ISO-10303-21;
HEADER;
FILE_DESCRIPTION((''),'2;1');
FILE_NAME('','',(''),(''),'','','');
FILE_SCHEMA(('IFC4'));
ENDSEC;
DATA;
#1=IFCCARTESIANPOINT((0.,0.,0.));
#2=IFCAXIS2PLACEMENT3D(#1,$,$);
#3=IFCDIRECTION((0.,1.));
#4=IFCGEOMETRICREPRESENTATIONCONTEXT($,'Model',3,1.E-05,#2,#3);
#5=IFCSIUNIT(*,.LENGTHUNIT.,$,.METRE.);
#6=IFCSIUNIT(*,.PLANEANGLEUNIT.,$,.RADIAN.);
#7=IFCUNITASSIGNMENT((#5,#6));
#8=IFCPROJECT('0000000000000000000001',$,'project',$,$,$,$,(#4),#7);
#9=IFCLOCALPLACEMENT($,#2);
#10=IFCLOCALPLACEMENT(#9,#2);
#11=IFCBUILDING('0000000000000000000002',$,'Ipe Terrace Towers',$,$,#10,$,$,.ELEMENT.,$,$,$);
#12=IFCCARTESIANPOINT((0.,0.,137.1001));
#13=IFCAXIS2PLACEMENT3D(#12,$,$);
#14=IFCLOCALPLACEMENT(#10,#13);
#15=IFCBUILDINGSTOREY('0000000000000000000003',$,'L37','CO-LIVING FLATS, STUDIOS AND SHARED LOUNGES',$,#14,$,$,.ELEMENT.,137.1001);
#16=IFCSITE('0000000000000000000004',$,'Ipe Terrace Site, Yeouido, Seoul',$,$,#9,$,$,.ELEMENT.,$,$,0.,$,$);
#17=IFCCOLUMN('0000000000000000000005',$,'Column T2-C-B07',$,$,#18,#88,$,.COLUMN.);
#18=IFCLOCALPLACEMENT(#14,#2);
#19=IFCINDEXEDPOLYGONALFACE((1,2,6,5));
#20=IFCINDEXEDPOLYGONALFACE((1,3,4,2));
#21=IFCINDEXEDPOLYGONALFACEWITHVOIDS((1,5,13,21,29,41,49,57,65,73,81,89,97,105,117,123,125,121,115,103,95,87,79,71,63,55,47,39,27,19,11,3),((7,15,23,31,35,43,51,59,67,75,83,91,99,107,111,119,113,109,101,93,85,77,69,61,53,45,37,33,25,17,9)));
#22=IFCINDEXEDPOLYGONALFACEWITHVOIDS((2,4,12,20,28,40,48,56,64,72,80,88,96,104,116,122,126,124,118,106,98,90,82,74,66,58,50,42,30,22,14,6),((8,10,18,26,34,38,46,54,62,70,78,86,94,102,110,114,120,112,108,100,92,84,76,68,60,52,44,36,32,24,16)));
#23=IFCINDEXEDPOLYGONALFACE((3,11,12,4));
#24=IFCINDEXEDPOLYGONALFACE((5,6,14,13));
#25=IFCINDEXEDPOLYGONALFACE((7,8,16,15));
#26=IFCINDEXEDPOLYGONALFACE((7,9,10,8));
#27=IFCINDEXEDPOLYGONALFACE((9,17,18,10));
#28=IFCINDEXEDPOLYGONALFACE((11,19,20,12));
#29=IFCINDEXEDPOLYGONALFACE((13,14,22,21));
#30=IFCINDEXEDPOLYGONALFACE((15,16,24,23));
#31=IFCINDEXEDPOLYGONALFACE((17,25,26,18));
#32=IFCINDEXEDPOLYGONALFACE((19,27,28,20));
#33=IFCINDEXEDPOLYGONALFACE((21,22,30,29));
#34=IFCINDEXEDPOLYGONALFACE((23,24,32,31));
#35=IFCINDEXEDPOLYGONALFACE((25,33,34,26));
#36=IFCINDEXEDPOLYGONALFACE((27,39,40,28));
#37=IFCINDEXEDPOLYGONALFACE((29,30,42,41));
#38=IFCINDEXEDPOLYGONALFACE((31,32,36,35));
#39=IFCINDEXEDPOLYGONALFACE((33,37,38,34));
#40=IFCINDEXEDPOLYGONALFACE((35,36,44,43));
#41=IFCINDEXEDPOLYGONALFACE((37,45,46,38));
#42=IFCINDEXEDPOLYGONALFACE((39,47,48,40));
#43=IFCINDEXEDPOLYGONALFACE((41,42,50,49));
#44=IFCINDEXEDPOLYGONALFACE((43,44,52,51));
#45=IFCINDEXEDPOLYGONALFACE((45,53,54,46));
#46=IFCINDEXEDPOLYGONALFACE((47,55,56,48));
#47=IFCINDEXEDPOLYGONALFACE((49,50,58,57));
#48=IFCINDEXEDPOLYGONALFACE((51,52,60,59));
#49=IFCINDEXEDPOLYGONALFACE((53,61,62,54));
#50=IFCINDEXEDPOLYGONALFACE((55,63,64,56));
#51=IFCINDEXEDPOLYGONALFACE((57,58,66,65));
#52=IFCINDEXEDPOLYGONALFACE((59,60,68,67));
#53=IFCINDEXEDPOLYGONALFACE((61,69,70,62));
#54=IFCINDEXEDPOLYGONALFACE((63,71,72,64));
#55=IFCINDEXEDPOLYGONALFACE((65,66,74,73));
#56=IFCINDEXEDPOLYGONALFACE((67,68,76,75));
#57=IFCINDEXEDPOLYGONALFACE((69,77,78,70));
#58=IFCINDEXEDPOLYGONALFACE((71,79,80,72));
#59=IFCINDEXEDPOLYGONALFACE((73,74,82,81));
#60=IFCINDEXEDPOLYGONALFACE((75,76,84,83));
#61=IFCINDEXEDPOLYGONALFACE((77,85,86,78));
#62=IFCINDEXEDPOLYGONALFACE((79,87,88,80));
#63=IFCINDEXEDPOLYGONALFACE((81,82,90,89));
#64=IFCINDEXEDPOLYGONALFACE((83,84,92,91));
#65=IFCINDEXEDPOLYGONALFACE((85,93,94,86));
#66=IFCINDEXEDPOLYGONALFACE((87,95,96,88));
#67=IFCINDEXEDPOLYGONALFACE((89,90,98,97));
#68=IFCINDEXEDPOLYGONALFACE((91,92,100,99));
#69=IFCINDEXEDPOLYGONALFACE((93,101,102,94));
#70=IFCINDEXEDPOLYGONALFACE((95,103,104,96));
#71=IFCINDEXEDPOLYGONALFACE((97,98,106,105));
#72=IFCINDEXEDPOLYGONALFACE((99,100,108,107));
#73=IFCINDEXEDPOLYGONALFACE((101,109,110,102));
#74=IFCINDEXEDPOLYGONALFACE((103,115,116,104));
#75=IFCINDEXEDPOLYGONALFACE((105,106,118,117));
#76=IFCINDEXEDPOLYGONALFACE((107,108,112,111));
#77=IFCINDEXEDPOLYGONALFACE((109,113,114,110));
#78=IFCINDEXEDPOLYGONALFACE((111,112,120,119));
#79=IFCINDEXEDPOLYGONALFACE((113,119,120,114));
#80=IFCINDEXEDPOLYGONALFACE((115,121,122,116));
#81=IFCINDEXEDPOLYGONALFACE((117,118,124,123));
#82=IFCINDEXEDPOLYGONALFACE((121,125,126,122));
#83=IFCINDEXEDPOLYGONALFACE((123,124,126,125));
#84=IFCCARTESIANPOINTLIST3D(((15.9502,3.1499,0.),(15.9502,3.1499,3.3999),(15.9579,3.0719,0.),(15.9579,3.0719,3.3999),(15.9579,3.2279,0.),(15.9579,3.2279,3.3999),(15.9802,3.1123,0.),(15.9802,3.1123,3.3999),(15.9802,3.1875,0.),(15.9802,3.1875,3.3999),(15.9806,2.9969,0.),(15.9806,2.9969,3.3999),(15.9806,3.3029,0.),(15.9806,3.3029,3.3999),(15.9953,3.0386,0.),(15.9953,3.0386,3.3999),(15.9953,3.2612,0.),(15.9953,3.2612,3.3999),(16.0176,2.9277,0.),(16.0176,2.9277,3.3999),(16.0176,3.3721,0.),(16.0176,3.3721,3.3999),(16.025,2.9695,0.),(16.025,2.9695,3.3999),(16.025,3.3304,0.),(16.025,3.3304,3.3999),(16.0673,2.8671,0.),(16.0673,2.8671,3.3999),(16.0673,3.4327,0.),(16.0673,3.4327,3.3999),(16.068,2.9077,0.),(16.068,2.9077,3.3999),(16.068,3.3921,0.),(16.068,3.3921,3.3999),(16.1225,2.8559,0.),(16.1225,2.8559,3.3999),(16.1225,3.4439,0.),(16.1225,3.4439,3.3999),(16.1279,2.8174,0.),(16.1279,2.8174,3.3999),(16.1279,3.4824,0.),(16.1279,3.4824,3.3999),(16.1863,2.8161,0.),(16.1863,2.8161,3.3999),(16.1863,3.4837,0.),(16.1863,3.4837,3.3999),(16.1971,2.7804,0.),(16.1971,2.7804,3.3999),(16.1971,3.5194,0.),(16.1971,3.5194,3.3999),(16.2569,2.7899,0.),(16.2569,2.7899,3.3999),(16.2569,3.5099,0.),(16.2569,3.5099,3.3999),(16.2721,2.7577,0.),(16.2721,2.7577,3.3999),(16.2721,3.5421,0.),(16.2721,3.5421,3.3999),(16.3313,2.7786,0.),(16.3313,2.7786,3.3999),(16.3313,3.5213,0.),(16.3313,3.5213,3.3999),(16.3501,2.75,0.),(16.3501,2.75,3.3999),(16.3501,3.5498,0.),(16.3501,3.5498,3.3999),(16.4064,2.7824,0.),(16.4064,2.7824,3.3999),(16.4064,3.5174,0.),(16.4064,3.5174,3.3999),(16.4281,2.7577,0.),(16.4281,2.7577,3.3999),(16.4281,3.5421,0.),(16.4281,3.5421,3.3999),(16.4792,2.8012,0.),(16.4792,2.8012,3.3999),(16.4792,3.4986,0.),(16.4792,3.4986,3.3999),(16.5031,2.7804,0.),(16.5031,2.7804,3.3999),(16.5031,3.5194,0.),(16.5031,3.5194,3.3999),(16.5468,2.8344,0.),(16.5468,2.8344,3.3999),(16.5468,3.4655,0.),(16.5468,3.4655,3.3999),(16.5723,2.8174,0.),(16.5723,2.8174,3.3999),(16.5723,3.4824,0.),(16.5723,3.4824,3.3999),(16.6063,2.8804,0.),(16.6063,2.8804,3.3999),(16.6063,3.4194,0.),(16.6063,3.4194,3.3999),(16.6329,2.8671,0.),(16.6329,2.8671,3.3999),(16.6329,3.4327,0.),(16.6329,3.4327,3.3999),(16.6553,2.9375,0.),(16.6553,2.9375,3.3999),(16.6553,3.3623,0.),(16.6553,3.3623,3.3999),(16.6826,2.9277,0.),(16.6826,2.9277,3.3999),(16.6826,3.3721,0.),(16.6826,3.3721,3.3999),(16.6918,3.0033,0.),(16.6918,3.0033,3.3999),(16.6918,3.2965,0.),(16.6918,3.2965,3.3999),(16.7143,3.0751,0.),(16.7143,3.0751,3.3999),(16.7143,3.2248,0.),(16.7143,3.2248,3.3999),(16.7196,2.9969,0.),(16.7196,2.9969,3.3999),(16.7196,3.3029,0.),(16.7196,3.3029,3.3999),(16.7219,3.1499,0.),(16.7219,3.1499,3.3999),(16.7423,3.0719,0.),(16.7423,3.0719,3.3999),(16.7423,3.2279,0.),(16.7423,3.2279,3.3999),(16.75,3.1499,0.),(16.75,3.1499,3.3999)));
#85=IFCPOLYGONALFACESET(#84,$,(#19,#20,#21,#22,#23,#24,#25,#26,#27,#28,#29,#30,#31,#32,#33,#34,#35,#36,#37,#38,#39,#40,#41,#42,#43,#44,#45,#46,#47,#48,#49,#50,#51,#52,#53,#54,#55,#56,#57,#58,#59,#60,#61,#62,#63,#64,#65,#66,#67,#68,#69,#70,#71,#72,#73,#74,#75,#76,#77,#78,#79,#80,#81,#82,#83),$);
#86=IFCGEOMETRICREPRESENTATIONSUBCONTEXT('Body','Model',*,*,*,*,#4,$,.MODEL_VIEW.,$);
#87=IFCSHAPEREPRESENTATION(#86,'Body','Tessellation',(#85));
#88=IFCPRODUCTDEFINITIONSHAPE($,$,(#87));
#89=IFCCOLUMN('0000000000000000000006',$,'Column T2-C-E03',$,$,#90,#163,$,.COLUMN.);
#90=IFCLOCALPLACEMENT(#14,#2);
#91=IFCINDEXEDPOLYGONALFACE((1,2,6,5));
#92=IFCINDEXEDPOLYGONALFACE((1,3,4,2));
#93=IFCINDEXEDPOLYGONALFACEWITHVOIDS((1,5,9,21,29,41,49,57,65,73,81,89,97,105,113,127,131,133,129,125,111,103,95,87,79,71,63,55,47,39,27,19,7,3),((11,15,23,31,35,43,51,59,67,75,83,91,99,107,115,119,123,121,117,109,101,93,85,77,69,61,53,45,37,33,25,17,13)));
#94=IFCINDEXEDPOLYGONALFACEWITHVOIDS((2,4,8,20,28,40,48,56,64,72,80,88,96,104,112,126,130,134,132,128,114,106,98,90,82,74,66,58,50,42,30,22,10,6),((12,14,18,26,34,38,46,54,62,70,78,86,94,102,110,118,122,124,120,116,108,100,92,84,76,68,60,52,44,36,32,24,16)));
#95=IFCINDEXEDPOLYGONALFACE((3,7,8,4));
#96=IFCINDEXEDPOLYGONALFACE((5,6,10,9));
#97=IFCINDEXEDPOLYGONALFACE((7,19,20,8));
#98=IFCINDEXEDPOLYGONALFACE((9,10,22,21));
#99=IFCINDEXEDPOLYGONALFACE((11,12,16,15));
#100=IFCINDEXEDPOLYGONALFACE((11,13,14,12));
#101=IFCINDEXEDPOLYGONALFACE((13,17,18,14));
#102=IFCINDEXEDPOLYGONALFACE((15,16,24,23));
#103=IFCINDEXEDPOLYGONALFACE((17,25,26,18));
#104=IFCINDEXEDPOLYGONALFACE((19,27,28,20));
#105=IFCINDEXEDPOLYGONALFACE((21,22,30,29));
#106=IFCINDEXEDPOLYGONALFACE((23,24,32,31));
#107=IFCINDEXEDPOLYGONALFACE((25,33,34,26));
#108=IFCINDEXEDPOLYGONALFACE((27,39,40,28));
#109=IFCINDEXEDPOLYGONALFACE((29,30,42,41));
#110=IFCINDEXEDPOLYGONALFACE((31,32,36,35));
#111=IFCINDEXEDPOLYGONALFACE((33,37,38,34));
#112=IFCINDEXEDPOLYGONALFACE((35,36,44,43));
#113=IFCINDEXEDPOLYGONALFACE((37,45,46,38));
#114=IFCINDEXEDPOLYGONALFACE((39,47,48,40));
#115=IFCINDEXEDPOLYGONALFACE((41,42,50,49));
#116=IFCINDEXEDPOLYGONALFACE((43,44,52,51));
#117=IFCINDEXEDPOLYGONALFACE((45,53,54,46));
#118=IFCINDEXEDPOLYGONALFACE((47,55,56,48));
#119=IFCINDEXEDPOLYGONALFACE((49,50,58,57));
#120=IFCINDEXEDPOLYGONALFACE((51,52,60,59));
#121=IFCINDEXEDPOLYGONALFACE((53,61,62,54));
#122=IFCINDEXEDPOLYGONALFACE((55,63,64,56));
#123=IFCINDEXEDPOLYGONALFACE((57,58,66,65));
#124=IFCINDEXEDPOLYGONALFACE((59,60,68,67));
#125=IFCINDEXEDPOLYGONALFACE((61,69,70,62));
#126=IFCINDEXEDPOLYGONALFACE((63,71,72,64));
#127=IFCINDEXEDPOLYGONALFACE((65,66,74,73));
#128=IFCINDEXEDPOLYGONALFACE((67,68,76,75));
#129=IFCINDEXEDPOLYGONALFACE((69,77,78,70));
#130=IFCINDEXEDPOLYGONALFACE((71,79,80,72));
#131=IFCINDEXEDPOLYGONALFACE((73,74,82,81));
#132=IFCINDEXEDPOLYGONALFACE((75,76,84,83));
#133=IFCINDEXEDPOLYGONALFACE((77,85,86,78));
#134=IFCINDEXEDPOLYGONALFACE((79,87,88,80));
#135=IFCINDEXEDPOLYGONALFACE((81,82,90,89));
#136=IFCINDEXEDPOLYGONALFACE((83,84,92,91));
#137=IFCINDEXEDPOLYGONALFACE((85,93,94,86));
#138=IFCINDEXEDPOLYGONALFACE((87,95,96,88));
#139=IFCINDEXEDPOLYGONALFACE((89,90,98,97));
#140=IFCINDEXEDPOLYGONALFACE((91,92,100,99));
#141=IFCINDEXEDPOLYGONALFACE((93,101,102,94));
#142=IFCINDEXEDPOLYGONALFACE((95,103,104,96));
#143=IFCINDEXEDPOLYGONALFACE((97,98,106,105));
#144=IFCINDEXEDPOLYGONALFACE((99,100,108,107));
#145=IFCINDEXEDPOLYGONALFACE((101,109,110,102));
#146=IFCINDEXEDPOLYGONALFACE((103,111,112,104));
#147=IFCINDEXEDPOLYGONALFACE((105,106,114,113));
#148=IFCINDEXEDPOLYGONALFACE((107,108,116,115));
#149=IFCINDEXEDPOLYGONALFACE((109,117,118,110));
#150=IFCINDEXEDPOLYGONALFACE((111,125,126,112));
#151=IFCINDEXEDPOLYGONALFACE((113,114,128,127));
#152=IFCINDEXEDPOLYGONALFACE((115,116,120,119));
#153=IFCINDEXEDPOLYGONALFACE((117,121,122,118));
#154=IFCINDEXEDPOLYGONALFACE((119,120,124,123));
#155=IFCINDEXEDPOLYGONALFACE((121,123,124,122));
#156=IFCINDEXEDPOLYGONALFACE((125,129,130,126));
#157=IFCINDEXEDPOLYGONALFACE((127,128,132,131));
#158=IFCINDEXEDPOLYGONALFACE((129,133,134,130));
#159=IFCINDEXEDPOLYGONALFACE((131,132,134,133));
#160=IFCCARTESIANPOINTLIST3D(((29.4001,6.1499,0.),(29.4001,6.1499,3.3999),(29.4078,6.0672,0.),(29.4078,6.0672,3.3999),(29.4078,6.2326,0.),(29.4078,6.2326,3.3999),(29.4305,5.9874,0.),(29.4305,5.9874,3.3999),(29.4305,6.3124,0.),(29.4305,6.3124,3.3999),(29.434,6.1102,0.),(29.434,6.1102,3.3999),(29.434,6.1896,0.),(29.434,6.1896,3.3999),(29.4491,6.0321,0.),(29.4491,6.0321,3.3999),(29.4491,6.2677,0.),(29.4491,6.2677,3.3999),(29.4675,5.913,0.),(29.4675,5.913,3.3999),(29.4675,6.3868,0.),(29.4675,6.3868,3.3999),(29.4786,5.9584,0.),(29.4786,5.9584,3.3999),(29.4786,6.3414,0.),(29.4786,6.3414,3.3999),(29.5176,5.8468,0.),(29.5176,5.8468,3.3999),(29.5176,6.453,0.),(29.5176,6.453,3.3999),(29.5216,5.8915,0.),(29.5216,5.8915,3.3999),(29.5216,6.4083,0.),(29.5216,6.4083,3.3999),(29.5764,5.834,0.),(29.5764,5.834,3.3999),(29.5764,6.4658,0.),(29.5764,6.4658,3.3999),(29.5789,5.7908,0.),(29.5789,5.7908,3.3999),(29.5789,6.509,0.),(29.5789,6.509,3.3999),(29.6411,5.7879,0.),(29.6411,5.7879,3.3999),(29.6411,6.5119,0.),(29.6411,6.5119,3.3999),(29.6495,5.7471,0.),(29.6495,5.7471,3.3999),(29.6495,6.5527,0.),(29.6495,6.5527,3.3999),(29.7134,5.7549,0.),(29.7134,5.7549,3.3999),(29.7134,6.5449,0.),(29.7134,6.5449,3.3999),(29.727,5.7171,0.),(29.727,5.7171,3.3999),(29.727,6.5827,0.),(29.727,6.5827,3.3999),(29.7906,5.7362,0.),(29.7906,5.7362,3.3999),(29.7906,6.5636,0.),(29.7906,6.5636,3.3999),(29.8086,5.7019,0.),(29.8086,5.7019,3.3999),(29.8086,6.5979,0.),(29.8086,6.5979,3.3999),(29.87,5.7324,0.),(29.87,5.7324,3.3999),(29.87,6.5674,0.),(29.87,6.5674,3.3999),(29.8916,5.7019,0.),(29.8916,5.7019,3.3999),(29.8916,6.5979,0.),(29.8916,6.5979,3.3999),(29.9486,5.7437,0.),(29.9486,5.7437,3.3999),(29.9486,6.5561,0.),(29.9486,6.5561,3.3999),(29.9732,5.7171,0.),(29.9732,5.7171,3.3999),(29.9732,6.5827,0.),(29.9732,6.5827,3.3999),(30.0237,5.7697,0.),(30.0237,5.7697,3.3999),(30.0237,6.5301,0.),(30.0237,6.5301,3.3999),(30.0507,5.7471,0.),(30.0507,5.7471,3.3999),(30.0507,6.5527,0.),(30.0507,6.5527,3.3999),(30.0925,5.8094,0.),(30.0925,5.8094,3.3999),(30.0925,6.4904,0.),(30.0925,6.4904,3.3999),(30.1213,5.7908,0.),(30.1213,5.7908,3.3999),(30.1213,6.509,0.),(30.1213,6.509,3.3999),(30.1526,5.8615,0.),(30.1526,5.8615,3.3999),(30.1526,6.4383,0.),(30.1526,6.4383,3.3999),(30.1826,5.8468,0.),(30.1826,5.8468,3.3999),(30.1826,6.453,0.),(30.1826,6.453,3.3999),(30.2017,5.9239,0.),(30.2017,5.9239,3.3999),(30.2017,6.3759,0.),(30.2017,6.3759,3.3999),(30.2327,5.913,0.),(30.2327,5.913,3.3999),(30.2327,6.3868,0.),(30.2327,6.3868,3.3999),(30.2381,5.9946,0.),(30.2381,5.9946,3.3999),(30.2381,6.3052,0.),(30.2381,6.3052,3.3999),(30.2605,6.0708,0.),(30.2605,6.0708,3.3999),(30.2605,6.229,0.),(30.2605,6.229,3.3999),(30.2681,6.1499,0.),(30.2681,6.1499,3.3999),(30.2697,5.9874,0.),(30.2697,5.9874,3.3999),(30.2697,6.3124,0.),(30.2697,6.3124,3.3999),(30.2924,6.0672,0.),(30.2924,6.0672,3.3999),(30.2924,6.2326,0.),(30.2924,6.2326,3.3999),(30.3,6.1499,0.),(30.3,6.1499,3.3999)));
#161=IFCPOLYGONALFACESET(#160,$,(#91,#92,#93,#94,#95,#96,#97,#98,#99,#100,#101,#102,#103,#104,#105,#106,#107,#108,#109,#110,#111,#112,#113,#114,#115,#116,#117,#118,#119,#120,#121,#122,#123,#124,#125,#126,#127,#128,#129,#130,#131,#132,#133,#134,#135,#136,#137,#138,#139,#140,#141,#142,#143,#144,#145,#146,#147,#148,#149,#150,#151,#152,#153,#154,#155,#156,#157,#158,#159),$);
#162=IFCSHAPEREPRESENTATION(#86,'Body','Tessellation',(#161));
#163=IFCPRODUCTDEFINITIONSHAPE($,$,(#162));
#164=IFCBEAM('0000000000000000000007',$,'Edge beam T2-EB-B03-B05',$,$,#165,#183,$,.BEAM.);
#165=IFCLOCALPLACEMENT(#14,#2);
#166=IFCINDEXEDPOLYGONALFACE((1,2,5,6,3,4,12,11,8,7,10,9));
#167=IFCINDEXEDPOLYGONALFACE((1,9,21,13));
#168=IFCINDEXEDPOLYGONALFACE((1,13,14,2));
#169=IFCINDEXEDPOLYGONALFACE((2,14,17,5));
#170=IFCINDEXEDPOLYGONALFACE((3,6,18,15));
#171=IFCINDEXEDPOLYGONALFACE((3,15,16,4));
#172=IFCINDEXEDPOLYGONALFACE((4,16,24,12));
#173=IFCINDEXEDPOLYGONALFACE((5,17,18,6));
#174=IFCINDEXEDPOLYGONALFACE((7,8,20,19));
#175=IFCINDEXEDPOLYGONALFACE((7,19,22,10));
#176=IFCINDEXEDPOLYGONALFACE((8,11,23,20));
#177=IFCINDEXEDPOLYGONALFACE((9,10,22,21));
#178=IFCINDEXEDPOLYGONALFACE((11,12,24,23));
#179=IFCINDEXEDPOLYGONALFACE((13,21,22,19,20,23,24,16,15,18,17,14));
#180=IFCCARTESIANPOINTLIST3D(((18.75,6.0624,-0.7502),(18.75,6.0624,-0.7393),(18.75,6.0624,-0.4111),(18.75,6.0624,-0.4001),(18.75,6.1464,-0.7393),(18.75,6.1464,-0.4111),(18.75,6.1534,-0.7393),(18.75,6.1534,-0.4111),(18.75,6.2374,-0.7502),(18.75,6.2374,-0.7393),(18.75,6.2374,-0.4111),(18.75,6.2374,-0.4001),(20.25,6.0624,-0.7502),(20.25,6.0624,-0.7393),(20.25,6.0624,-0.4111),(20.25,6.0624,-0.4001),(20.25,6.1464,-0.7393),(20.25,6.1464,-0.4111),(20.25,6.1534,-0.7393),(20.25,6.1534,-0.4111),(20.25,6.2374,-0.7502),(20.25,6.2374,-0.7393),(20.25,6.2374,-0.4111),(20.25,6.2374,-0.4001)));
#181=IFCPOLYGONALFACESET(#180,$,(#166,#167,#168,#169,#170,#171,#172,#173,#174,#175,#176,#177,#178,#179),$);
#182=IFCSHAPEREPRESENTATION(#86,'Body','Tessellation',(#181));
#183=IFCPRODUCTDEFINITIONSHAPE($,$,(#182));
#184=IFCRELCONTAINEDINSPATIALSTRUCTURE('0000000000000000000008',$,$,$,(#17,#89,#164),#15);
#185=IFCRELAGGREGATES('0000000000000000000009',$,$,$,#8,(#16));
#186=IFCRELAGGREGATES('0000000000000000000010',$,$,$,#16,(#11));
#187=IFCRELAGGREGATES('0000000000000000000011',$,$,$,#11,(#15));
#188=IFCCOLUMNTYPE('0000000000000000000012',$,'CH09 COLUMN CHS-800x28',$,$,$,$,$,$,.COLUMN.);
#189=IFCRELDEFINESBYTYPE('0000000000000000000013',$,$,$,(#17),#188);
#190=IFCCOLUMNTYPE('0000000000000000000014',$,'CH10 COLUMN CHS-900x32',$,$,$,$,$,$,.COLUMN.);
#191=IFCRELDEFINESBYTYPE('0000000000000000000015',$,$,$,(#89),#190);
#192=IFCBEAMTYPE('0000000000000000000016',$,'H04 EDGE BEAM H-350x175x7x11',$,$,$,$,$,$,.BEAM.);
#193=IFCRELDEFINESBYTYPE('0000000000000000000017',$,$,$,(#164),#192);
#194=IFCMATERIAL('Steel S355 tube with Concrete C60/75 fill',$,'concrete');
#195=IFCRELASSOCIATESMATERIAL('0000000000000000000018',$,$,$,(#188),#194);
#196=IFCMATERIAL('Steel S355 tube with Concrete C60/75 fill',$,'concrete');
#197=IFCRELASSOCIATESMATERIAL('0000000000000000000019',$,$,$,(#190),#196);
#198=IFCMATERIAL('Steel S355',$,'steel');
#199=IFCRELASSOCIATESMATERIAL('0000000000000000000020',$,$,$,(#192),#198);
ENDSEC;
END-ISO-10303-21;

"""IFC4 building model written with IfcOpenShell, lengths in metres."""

from ifc_helpers import new_model, si_unit, direction, frame, origin, origin_2d, place, context, subcontext, project, spatial, hollow_circle, i_section, extrude, material, material_profile, profile_set, type_object, element, save


model = new_model("IFC4")

# Units and contexts
model_context = context("Model", 3, precision=1e-05, world=origin(), true_north=direction((0.0, 1.0)))
body_context = subcontext(model_context, "Body", "Model", "MODEL_VIEW")
ifc_project = project(units=[si_unit("LENGTHUNIT", "METRE"), si_unit("PLANEANGLEUNIT", "RADIAN")], contexts=[model_context])

# Site, building, storey
site_placement = place(None, origin())
site = spatial("IfcSite", under=ifc_project, at=site_placement, Name="Ipe Terrace Site, Yeouido, Seoul", CompositionType="ELEMENT", RefElevation=0.0)
building_placement = place(site_placement, origin())
building = spatial("IfcBuilding", under=site, at=building_placement, Name="Ipe Terrace Towers", CompositionType="ELEMENT")
storey_placement = place(building_placement, frame((0.0, 0.0, 137.1001)))
storey = spatial("IfcBuildingStorey", under=building, at=storey_placement, Name="L37", Description="CO-LIVING FLATS, STUDIOS AND SHARED LOUNGES", CompositionType="ELEMENT", Elevation=137.1001)

# Columns
ifc_material_1 = material(Name="Steel S355 tube with Concrete C60/75 fill", Category="concrete")
ifc_material_profile_1 = material_profile(ifc_material_1, hollow_circle(Radius=0.3999, WallThickness=0.0281, at=origin_2d()), Name="CHS-800x28")
ifc_profile_set_1 = profile_set([ifc_material_profile_1], Name="Steel S355 tube with Concrete C60/75 fill")
column_type_1 = type_object("IfcColumnType", Name="CH09 COLUMN CHS-800x28", PredefinedType="COLUMN", material=ifc_profile_set_1)
for number, where, z_axis, x_axis, name in (
    (1, (16.3501, 3.1499, 0.0), (0.0, 0.0, 1.0), (1.0, 0.0, 0.0), "Column T2-C-B07"),
):
    element("IfcColumn", number, at=place(storey_placement, frame(where, z_axis=z_axis, x_axis=x_axis)), inside=storey, type_object=column_type_1, Name=name, PredefinedType="COLUMN", context=body_context, shape_type="SweptSolid", body=[
        extrude(hollow_circle(Radius=0.3999, WallThickness=0.0281, at=origin_2d()), origin(), (0.0, 0.0, 1.0), 3.3999),
    ])
ifc_material_2 = material(Name="Steel S355 tube with Concrete C60/75 fill", Category="concrete")
ifc_material_profile_2 = material_profile(ifc_material_2, hollow_circle(Radius=0.45, WallThickness=0.032, at=origin_2d()), Name="CHS-900x32")
ifc_profile_set_2 = profile_set([ifc_material_profile_2], Name="Steel S355 tube with Concrete C60/75 fill")
column_type_2 = type_object("IfcColumnType", Name="CH10 COLUMN CHS-900x32", PredefinedType="COLUMN", material=ifc_profile_set_2)
column_placement = place(storey_placement, frame((29.8501, 6.1499, 0.0), z_axis=(0.0, 0.0, 1.0), x_axis=(1.0, 0.0, 0.0)))
element("IfcColumn", 2, at=column_placement, inside=storey, type_object=column_type_2, Name="Column T2-C-E03", PredefinedType="COLUMN", context=body_context, shape_type="SweptSolid", body=[
    extrude(hollow_circle(Radius=0.45, WallThickness=0.032, at=origin_2d()), origin(), (0.0, 0.0, 1.0), 3.3999),
])

# Beam
ifc_material_3 = material(Name="Steel S355", Category="steel")
ifc_material_profile_3 = material_profile(ifc_material_3, i_section(OverallWidth=0.175, OverallDepth=0.3501, WebThickness=0.0071, FlangeThickness=0.011, at=origin_2d()), Name="H-350x175x7x11")
ifc_profile_set_3 = profile_set([ifc_material_profile_3], Name="Steel S355")
beam_type_1 = type_object("IfcBeamType", Name="H04 EDGE BEAM H-350x175x7x11", PredefinedType="BEAM", material=ifc_profile_set_3)
beam_1_placement = place(storey_placement, frame((20.25, 6.1499, -0.5752), z_axis=(-1.0, 0.0, 0.0), x_axis=(0.0, -1.0, 0.0)))
element("IfcBeam", 3, at=beam_1_placement, inside=storey, type_object=beam_type_1, Name="Edge beam T2-EB-B03-B05", PredefinedType="BEAM", context=body_context, shape_type="SweptSolid", body=[
    extrude(i_section(OverallWidth=0.175, OverallDepth=0.3501, WebThickness=0.0071, FlangeThickness=0.011, at=origin_2d()), origin(), (0.0, 0.0, 1.0), 1.5),
])

save(model, "model.ifc")
